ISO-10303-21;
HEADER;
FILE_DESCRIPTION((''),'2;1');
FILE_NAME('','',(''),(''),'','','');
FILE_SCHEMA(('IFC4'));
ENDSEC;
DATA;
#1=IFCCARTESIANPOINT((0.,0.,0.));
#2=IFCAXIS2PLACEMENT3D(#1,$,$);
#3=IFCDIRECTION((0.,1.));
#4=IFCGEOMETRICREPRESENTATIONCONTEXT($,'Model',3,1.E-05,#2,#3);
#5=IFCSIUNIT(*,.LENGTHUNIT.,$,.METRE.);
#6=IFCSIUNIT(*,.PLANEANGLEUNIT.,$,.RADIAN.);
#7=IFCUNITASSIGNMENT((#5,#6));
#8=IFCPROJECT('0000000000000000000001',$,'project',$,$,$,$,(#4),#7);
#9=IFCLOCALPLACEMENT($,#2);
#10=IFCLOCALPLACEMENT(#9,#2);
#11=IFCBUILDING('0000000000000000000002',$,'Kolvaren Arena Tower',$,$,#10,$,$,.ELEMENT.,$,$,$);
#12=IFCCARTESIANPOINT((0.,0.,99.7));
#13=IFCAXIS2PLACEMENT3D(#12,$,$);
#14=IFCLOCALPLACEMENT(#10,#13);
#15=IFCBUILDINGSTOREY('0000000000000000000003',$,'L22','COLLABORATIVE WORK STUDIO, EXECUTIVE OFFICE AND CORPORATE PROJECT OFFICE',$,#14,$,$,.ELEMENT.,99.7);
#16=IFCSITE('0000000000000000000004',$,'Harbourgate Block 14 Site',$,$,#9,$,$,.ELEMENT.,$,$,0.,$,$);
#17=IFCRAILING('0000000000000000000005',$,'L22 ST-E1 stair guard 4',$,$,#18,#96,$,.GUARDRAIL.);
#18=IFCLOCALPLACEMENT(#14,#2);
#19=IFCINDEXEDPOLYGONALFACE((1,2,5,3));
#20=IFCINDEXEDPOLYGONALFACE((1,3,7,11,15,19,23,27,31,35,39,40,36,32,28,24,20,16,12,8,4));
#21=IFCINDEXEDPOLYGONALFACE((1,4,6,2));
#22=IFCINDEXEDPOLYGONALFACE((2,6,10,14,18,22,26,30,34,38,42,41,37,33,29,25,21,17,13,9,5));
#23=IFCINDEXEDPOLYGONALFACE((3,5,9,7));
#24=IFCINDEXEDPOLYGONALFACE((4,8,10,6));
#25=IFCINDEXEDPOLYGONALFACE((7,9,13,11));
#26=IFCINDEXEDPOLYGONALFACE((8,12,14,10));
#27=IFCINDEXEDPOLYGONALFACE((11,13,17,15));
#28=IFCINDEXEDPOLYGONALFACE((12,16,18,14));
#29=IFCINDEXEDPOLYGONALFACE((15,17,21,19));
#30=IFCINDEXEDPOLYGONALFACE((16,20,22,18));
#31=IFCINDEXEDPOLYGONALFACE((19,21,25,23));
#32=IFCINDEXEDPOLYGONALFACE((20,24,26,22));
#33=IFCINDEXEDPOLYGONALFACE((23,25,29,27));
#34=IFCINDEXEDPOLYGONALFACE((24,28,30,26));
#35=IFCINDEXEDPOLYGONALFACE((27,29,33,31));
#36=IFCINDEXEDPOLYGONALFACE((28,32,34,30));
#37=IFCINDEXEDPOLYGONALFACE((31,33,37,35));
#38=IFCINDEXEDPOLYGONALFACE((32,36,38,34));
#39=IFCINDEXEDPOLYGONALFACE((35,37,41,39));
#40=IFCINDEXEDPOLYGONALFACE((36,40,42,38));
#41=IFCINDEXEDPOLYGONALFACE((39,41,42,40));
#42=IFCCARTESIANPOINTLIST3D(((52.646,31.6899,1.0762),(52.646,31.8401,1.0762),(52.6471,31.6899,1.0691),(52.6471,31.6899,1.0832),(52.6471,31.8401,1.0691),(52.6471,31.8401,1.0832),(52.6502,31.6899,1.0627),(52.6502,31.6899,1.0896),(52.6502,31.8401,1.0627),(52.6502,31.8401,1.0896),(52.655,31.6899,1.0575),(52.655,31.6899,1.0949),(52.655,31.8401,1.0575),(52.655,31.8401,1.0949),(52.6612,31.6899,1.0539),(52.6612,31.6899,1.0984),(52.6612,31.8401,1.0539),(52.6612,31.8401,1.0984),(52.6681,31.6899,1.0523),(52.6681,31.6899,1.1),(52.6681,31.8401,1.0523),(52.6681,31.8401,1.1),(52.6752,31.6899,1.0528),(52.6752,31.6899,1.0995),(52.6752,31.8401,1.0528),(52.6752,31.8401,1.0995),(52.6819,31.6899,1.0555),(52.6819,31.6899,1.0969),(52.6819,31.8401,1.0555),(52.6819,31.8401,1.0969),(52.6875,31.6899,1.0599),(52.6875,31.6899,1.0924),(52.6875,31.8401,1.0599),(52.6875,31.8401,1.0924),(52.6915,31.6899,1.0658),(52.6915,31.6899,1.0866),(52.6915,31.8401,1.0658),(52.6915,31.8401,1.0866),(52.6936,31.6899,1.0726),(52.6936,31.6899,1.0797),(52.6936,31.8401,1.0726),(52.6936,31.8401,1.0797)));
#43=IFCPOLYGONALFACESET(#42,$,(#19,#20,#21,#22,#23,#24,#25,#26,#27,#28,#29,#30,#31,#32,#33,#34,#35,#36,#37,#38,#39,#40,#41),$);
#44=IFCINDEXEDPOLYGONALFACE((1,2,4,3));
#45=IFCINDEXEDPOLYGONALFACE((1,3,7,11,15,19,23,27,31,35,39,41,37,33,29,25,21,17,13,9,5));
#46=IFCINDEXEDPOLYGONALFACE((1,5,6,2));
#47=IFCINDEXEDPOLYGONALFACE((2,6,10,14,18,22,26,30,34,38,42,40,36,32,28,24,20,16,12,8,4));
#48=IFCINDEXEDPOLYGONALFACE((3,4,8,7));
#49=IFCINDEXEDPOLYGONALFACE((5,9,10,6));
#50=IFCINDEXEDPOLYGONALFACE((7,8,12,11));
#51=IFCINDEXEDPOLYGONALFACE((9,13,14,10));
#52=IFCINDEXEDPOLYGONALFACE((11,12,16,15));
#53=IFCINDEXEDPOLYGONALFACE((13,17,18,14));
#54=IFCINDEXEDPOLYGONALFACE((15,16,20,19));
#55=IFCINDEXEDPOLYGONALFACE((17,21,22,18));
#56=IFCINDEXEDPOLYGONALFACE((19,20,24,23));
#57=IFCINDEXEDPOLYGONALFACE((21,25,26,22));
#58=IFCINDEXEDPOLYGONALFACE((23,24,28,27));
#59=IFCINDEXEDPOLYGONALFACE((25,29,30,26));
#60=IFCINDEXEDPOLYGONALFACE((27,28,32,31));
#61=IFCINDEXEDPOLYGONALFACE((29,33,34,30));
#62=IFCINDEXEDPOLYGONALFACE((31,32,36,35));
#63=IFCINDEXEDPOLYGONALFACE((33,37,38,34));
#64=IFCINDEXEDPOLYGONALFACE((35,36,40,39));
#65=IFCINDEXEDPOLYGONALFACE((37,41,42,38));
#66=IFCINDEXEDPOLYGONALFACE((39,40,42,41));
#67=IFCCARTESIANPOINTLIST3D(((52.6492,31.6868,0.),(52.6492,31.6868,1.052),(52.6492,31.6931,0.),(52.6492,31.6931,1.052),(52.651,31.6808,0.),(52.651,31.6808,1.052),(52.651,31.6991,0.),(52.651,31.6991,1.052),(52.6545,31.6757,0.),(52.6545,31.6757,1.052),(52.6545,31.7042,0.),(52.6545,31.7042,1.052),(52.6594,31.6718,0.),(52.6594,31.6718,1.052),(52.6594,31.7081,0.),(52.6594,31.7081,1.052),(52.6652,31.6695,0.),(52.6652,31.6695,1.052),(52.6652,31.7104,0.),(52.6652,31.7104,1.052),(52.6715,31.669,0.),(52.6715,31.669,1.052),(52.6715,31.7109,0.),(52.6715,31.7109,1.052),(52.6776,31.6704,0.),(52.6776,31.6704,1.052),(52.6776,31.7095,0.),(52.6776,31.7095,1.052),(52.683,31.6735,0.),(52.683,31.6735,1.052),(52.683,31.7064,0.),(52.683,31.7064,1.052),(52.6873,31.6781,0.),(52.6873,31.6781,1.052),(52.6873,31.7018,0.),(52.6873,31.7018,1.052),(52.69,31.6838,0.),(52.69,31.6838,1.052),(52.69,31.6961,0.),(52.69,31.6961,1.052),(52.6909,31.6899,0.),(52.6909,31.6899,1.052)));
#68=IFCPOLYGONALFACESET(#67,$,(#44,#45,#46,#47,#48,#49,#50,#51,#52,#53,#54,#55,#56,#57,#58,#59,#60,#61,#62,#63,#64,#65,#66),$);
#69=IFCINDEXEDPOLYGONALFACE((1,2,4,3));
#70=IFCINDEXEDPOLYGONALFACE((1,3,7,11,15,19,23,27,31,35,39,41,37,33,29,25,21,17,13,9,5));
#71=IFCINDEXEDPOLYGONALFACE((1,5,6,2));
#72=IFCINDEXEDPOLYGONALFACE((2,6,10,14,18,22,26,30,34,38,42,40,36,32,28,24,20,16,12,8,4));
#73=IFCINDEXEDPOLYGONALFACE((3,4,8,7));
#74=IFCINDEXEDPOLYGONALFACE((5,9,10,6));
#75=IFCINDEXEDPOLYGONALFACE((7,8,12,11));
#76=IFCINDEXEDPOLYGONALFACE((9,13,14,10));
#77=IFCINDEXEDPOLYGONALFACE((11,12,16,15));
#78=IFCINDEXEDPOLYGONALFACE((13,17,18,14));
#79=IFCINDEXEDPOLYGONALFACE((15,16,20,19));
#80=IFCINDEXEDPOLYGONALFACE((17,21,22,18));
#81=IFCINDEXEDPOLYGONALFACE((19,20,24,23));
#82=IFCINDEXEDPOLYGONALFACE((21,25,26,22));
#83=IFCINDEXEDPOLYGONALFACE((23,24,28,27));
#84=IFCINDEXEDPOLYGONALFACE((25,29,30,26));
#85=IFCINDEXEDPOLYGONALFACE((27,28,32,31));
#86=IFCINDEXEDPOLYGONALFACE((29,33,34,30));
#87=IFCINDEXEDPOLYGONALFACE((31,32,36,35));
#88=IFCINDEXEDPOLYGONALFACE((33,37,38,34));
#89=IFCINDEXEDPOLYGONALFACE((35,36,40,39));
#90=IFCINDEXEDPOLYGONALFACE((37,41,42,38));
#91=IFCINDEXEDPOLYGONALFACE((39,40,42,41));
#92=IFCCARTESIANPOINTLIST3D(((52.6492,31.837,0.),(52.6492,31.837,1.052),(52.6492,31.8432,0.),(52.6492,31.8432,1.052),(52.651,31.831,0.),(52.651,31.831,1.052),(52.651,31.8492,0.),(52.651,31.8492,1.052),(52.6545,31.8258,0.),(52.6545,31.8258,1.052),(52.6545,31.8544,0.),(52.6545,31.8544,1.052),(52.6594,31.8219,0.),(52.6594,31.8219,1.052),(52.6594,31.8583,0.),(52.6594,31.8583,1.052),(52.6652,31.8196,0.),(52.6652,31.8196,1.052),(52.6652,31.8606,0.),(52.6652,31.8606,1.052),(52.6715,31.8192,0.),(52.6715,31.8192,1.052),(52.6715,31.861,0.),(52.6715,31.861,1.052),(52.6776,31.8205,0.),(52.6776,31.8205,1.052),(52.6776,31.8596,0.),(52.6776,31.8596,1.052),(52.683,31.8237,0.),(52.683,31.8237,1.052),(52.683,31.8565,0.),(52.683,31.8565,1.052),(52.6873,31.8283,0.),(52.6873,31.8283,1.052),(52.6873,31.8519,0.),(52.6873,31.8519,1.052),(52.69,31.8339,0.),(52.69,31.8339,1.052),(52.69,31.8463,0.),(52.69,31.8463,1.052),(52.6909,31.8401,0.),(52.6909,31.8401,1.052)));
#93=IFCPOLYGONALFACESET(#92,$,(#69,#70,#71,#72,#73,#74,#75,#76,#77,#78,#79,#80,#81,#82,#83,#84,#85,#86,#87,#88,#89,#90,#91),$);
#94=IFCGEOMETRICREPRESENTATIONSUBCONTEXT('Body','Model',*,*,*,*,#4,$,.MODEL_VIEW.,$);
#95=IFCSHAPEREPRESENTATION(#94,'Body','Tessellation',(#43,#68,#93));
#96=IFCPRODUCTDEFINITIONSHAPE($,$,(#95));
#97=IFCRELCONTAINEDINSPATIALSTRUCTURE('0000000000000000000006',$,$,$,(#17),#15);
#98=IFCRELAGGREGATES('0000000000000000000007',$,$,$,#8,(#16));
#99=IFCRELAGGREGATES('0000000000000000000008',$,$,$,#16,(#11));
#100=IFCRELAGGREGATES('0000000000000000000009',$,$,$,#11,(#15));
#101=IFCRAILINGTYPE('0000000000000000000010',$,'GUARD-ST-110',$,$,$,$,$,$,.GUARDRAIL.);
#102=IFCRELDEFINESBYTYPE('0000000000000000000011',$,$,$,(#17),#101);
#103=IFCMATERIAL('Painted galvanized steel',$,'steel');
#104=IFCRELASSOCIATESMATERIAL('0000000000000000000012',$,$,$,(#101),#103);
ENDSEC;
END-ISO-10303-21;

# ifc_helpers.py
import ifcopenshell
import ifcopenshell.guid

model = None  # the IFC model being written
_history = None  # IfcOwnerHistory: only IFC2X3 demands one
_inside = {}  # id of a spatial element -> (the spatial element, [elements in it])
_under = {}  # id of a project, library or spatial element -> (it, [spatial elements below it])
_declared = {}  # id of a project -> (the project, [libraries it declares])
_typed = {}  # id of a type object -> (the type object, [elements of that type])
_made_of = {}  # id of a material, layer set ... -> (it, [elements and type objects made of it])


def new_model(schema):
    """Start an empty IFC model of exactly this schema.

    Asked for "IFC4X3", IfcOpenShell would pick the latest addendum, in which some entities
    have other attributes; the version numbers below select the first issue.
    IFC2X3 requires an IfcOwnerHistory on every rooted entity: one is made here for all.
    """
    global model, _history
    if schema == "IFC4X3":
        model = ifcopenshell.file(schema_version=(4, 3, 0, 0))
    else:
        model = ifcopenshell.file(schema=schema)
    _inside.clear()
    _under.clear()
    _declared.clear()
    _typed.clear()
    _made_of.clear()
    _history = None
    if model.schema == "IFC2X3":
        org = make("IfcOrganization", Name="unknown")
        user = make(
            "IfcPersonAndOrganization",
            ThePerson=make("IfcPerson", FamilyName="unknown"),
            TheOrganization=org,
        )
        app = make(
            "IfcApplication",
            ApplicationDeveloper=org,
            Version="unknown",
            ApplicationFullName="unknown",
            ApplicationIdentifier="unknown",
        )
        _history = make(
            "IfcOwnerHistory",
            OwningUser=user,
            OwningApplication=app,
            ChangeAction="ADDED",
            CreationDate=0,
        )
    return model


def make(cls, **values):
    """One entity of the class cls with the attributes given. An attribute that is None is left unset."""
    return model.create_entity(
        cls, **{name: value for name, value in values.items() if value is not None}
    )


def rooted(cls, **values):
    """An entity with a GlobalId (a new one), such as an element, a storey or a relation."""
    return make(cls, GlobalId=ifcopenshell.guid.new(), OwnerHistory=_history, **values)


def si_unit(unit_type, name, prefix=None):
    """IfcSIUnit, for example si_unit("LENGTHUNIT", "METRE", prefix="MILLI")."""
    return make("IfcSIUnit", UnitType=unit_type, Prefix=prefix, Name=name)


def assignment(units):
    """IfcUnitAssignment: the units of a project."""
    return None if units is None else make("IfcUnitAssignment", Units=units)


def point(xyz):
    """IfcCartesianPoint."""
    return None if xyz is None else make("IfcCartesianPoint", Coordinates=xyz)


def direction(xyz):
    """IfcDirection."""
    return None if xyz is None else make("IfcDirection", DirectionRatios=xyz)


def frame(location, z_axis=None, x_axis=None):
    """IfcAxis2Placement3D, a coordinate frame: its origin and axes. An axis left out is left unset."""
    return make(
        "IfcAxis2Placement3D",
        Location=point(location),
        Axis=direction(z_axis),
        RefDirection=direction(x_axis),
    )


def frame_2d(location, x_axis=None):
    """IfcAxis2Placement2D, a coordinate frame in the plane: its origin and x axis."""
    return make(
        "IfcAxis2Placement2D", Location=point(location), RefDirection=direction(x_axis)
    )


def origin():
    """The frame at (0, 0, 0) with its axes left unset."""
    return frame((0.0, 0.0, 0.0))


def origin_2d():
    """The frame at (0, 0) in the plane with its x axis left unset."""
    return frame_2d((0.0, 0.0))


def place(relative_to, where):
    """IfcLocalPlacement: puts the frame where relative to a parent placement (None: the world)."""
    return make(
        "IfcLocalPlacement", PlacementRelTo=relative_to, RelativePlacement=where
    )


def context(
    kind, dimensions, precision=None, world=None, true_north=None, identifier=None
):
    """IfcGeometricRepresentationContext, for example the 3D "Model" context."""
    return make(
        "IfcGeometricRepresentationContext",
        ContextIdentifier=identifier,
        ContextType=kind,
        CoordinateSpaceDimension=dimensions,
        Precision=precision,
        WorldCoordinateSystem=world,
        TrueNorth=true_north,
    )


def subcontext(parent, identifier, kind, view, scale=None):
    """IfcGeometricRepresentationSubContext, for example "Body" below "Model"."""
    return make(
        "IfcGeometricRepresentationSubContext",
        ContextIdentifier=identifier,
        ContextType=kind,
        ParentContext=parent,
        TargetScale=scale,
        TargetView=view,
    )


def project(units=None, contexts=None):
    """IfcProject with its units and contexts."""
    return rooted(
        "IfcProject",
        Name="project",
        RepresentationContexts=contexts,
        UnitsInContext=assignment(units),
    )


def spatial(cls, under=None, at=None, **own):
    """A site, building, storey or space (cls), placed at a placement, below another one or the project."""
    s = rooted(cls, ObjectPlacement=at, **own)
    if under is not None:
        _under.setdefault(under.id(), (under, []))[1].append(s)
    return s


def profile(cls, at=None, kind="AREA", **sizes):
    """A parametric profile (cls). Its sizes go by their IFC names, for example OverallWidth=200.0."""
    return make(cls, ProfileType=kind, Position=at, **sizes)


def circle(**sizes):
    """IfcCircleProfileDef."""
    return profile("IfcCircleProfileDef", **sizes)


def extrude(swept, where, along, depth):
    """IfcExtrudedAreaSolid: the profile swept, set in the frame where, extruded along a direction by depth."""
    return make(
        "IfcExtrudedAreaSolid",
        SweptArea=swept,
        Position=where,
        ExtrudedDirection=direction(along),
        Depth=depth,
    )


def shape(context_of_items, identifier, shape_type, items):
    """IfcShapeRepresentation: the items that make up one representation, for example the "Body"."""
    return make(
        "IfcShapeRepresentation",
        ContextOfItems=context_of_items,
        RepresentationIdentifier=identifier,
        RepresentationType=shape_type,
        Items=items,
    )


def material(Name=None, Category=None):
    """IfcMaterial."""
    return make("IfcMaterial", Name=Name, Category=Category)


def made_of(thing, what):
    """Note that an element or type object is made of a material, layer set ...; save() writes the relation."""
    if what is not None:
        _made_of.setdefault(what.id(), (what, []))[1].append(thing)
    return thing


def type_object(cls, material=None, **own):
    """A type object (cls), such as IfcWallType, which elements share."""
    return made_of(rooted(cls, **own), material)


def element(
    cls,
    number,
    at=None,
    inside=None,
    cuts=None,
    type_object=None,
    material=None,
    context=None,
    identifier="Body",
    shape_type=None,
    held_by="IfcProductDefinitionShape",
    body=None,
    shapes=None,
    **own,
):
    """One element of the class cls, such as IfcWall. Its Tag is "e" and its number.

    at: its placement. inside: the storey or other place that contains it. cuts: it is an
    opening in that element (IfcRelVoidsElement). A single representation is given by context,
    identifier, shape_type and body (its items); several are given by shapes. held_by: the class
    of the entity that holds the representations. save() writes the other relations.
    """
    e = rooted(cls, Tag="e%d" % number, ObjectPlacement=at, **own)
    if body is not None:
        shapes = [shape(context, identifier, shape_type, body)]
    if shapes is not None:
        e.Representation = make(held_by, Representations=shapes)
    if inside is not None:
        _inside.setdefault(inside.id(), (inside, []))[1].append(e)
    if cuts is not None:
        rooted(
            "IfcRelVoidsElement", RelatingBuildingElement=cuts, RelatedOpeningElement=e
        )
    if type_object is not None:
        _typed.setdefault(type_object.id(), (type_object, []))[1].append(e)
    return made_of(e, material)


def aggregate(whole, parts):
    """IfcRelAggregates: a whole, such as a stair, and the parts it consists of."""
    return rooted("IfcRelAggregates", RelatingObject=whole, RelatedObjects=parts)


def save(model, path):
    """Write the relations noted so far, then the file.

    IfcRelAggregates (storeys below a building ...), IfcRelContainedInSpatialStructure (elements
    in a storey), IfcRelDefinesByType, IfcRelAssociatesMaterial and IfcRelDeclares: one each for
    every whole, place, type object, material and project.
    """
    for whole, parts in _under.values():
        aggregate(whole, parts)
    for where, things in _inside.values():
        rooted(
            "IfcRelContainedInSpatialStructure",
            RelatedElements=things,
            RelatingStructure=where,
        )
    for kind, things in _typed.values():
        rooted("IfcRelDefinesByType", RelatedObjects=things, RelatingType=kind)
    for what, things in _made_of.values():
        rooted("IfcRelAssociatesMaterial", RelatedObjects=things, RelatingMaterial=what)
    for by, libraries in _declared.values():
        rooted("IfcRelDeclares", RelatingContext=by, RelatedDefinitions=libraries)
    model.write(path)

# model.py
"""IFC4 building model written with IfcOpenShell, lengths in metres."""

from ifc_helpers import new_model, si_unit, direction, frame, origin, origin_2d, place, context, subcontext, project, spatial, circle, extrude, material, type_object, element, save


model = new_model("IFC4")

# Units and contexts
model_context = context("Model", 3, precision=1e-05, world=origin(), true_north=direction((0.0, 1.0)))
body_context = subcontext(model_context, "Body", "Model", "MODEL_VIEW")
ifc_project = project(units=[si_unit("LENGTHUNIT", "METRE"), si_unit("PLANEANGLEUNIT", "RADIAN")], contexts=[model_context])

# Site, building, storey
site_placement = place(None, origin())
site = spatial("IfcSite", under=ifc_project, at=site_placement, Name="Harbourgate Block 14 Site", CompositionType="ELEMENT", RefElevation=0.0)
building_placement = place(site_placement, origin())
building = spatial("IfcBuilding", under=site, at=building_placement, Name="Kolvaren Arena Tower", CompositionType="ELEMENT")
storey_placement = place(building_placement, frame((0.0, 0.0, 99.7)))
storey = spatial("IfcBuildingStorey", under=building, at=storey_placement, Name="L22", Description="COLLABORATIVE WORK STUDIO, EXECUTIVE OFFICE AND CORPORATE PROJECT OFFICE", CompositionType="ELEMENT", Elevation=99.7)

# Railing
ifc_material_1 = material(Name="Painted galvanized steel", Category="steel")
railing_type_1 = type_object("IfcRailingType", Name="GUARD-ST-110", PredefinedType="GUARDRAIL", material=ifc_material_1)
railing_1_placement = place(storey_placement, frame((52.6699, 31.6899, 0.0)))
element("IfcRailing", 1, at=railing_1_placement, inside=storey, type_object=railing_type_1, Name="L22 ST-E1 stair guard 4", PredefinedType="GUARDRAIL", context=body_context, shape_type="SweptSolid", body=[
    extrude(circle(Radius=0.0239, at=origin_2d()), frame((0.0, 0.0, 1.0762), z_axis=(0.0, 1.0, 0.0), x_axis=(-1.0, 0.0, 0.0)), (0.0, 0.0, 1.0), 0.1501),
    extrude(circle(Radius=0.021, at=origin_2d()), origin(), (0.0, 0.0, 1.0), 1.052),
    extrude(circle(Radius=0.021, at=origin_2d()), frame((0.0, 0.1501, 0.0)), (0.0, 0.0, 1.0), 1.052),
])

save(model, "model.ifc")
